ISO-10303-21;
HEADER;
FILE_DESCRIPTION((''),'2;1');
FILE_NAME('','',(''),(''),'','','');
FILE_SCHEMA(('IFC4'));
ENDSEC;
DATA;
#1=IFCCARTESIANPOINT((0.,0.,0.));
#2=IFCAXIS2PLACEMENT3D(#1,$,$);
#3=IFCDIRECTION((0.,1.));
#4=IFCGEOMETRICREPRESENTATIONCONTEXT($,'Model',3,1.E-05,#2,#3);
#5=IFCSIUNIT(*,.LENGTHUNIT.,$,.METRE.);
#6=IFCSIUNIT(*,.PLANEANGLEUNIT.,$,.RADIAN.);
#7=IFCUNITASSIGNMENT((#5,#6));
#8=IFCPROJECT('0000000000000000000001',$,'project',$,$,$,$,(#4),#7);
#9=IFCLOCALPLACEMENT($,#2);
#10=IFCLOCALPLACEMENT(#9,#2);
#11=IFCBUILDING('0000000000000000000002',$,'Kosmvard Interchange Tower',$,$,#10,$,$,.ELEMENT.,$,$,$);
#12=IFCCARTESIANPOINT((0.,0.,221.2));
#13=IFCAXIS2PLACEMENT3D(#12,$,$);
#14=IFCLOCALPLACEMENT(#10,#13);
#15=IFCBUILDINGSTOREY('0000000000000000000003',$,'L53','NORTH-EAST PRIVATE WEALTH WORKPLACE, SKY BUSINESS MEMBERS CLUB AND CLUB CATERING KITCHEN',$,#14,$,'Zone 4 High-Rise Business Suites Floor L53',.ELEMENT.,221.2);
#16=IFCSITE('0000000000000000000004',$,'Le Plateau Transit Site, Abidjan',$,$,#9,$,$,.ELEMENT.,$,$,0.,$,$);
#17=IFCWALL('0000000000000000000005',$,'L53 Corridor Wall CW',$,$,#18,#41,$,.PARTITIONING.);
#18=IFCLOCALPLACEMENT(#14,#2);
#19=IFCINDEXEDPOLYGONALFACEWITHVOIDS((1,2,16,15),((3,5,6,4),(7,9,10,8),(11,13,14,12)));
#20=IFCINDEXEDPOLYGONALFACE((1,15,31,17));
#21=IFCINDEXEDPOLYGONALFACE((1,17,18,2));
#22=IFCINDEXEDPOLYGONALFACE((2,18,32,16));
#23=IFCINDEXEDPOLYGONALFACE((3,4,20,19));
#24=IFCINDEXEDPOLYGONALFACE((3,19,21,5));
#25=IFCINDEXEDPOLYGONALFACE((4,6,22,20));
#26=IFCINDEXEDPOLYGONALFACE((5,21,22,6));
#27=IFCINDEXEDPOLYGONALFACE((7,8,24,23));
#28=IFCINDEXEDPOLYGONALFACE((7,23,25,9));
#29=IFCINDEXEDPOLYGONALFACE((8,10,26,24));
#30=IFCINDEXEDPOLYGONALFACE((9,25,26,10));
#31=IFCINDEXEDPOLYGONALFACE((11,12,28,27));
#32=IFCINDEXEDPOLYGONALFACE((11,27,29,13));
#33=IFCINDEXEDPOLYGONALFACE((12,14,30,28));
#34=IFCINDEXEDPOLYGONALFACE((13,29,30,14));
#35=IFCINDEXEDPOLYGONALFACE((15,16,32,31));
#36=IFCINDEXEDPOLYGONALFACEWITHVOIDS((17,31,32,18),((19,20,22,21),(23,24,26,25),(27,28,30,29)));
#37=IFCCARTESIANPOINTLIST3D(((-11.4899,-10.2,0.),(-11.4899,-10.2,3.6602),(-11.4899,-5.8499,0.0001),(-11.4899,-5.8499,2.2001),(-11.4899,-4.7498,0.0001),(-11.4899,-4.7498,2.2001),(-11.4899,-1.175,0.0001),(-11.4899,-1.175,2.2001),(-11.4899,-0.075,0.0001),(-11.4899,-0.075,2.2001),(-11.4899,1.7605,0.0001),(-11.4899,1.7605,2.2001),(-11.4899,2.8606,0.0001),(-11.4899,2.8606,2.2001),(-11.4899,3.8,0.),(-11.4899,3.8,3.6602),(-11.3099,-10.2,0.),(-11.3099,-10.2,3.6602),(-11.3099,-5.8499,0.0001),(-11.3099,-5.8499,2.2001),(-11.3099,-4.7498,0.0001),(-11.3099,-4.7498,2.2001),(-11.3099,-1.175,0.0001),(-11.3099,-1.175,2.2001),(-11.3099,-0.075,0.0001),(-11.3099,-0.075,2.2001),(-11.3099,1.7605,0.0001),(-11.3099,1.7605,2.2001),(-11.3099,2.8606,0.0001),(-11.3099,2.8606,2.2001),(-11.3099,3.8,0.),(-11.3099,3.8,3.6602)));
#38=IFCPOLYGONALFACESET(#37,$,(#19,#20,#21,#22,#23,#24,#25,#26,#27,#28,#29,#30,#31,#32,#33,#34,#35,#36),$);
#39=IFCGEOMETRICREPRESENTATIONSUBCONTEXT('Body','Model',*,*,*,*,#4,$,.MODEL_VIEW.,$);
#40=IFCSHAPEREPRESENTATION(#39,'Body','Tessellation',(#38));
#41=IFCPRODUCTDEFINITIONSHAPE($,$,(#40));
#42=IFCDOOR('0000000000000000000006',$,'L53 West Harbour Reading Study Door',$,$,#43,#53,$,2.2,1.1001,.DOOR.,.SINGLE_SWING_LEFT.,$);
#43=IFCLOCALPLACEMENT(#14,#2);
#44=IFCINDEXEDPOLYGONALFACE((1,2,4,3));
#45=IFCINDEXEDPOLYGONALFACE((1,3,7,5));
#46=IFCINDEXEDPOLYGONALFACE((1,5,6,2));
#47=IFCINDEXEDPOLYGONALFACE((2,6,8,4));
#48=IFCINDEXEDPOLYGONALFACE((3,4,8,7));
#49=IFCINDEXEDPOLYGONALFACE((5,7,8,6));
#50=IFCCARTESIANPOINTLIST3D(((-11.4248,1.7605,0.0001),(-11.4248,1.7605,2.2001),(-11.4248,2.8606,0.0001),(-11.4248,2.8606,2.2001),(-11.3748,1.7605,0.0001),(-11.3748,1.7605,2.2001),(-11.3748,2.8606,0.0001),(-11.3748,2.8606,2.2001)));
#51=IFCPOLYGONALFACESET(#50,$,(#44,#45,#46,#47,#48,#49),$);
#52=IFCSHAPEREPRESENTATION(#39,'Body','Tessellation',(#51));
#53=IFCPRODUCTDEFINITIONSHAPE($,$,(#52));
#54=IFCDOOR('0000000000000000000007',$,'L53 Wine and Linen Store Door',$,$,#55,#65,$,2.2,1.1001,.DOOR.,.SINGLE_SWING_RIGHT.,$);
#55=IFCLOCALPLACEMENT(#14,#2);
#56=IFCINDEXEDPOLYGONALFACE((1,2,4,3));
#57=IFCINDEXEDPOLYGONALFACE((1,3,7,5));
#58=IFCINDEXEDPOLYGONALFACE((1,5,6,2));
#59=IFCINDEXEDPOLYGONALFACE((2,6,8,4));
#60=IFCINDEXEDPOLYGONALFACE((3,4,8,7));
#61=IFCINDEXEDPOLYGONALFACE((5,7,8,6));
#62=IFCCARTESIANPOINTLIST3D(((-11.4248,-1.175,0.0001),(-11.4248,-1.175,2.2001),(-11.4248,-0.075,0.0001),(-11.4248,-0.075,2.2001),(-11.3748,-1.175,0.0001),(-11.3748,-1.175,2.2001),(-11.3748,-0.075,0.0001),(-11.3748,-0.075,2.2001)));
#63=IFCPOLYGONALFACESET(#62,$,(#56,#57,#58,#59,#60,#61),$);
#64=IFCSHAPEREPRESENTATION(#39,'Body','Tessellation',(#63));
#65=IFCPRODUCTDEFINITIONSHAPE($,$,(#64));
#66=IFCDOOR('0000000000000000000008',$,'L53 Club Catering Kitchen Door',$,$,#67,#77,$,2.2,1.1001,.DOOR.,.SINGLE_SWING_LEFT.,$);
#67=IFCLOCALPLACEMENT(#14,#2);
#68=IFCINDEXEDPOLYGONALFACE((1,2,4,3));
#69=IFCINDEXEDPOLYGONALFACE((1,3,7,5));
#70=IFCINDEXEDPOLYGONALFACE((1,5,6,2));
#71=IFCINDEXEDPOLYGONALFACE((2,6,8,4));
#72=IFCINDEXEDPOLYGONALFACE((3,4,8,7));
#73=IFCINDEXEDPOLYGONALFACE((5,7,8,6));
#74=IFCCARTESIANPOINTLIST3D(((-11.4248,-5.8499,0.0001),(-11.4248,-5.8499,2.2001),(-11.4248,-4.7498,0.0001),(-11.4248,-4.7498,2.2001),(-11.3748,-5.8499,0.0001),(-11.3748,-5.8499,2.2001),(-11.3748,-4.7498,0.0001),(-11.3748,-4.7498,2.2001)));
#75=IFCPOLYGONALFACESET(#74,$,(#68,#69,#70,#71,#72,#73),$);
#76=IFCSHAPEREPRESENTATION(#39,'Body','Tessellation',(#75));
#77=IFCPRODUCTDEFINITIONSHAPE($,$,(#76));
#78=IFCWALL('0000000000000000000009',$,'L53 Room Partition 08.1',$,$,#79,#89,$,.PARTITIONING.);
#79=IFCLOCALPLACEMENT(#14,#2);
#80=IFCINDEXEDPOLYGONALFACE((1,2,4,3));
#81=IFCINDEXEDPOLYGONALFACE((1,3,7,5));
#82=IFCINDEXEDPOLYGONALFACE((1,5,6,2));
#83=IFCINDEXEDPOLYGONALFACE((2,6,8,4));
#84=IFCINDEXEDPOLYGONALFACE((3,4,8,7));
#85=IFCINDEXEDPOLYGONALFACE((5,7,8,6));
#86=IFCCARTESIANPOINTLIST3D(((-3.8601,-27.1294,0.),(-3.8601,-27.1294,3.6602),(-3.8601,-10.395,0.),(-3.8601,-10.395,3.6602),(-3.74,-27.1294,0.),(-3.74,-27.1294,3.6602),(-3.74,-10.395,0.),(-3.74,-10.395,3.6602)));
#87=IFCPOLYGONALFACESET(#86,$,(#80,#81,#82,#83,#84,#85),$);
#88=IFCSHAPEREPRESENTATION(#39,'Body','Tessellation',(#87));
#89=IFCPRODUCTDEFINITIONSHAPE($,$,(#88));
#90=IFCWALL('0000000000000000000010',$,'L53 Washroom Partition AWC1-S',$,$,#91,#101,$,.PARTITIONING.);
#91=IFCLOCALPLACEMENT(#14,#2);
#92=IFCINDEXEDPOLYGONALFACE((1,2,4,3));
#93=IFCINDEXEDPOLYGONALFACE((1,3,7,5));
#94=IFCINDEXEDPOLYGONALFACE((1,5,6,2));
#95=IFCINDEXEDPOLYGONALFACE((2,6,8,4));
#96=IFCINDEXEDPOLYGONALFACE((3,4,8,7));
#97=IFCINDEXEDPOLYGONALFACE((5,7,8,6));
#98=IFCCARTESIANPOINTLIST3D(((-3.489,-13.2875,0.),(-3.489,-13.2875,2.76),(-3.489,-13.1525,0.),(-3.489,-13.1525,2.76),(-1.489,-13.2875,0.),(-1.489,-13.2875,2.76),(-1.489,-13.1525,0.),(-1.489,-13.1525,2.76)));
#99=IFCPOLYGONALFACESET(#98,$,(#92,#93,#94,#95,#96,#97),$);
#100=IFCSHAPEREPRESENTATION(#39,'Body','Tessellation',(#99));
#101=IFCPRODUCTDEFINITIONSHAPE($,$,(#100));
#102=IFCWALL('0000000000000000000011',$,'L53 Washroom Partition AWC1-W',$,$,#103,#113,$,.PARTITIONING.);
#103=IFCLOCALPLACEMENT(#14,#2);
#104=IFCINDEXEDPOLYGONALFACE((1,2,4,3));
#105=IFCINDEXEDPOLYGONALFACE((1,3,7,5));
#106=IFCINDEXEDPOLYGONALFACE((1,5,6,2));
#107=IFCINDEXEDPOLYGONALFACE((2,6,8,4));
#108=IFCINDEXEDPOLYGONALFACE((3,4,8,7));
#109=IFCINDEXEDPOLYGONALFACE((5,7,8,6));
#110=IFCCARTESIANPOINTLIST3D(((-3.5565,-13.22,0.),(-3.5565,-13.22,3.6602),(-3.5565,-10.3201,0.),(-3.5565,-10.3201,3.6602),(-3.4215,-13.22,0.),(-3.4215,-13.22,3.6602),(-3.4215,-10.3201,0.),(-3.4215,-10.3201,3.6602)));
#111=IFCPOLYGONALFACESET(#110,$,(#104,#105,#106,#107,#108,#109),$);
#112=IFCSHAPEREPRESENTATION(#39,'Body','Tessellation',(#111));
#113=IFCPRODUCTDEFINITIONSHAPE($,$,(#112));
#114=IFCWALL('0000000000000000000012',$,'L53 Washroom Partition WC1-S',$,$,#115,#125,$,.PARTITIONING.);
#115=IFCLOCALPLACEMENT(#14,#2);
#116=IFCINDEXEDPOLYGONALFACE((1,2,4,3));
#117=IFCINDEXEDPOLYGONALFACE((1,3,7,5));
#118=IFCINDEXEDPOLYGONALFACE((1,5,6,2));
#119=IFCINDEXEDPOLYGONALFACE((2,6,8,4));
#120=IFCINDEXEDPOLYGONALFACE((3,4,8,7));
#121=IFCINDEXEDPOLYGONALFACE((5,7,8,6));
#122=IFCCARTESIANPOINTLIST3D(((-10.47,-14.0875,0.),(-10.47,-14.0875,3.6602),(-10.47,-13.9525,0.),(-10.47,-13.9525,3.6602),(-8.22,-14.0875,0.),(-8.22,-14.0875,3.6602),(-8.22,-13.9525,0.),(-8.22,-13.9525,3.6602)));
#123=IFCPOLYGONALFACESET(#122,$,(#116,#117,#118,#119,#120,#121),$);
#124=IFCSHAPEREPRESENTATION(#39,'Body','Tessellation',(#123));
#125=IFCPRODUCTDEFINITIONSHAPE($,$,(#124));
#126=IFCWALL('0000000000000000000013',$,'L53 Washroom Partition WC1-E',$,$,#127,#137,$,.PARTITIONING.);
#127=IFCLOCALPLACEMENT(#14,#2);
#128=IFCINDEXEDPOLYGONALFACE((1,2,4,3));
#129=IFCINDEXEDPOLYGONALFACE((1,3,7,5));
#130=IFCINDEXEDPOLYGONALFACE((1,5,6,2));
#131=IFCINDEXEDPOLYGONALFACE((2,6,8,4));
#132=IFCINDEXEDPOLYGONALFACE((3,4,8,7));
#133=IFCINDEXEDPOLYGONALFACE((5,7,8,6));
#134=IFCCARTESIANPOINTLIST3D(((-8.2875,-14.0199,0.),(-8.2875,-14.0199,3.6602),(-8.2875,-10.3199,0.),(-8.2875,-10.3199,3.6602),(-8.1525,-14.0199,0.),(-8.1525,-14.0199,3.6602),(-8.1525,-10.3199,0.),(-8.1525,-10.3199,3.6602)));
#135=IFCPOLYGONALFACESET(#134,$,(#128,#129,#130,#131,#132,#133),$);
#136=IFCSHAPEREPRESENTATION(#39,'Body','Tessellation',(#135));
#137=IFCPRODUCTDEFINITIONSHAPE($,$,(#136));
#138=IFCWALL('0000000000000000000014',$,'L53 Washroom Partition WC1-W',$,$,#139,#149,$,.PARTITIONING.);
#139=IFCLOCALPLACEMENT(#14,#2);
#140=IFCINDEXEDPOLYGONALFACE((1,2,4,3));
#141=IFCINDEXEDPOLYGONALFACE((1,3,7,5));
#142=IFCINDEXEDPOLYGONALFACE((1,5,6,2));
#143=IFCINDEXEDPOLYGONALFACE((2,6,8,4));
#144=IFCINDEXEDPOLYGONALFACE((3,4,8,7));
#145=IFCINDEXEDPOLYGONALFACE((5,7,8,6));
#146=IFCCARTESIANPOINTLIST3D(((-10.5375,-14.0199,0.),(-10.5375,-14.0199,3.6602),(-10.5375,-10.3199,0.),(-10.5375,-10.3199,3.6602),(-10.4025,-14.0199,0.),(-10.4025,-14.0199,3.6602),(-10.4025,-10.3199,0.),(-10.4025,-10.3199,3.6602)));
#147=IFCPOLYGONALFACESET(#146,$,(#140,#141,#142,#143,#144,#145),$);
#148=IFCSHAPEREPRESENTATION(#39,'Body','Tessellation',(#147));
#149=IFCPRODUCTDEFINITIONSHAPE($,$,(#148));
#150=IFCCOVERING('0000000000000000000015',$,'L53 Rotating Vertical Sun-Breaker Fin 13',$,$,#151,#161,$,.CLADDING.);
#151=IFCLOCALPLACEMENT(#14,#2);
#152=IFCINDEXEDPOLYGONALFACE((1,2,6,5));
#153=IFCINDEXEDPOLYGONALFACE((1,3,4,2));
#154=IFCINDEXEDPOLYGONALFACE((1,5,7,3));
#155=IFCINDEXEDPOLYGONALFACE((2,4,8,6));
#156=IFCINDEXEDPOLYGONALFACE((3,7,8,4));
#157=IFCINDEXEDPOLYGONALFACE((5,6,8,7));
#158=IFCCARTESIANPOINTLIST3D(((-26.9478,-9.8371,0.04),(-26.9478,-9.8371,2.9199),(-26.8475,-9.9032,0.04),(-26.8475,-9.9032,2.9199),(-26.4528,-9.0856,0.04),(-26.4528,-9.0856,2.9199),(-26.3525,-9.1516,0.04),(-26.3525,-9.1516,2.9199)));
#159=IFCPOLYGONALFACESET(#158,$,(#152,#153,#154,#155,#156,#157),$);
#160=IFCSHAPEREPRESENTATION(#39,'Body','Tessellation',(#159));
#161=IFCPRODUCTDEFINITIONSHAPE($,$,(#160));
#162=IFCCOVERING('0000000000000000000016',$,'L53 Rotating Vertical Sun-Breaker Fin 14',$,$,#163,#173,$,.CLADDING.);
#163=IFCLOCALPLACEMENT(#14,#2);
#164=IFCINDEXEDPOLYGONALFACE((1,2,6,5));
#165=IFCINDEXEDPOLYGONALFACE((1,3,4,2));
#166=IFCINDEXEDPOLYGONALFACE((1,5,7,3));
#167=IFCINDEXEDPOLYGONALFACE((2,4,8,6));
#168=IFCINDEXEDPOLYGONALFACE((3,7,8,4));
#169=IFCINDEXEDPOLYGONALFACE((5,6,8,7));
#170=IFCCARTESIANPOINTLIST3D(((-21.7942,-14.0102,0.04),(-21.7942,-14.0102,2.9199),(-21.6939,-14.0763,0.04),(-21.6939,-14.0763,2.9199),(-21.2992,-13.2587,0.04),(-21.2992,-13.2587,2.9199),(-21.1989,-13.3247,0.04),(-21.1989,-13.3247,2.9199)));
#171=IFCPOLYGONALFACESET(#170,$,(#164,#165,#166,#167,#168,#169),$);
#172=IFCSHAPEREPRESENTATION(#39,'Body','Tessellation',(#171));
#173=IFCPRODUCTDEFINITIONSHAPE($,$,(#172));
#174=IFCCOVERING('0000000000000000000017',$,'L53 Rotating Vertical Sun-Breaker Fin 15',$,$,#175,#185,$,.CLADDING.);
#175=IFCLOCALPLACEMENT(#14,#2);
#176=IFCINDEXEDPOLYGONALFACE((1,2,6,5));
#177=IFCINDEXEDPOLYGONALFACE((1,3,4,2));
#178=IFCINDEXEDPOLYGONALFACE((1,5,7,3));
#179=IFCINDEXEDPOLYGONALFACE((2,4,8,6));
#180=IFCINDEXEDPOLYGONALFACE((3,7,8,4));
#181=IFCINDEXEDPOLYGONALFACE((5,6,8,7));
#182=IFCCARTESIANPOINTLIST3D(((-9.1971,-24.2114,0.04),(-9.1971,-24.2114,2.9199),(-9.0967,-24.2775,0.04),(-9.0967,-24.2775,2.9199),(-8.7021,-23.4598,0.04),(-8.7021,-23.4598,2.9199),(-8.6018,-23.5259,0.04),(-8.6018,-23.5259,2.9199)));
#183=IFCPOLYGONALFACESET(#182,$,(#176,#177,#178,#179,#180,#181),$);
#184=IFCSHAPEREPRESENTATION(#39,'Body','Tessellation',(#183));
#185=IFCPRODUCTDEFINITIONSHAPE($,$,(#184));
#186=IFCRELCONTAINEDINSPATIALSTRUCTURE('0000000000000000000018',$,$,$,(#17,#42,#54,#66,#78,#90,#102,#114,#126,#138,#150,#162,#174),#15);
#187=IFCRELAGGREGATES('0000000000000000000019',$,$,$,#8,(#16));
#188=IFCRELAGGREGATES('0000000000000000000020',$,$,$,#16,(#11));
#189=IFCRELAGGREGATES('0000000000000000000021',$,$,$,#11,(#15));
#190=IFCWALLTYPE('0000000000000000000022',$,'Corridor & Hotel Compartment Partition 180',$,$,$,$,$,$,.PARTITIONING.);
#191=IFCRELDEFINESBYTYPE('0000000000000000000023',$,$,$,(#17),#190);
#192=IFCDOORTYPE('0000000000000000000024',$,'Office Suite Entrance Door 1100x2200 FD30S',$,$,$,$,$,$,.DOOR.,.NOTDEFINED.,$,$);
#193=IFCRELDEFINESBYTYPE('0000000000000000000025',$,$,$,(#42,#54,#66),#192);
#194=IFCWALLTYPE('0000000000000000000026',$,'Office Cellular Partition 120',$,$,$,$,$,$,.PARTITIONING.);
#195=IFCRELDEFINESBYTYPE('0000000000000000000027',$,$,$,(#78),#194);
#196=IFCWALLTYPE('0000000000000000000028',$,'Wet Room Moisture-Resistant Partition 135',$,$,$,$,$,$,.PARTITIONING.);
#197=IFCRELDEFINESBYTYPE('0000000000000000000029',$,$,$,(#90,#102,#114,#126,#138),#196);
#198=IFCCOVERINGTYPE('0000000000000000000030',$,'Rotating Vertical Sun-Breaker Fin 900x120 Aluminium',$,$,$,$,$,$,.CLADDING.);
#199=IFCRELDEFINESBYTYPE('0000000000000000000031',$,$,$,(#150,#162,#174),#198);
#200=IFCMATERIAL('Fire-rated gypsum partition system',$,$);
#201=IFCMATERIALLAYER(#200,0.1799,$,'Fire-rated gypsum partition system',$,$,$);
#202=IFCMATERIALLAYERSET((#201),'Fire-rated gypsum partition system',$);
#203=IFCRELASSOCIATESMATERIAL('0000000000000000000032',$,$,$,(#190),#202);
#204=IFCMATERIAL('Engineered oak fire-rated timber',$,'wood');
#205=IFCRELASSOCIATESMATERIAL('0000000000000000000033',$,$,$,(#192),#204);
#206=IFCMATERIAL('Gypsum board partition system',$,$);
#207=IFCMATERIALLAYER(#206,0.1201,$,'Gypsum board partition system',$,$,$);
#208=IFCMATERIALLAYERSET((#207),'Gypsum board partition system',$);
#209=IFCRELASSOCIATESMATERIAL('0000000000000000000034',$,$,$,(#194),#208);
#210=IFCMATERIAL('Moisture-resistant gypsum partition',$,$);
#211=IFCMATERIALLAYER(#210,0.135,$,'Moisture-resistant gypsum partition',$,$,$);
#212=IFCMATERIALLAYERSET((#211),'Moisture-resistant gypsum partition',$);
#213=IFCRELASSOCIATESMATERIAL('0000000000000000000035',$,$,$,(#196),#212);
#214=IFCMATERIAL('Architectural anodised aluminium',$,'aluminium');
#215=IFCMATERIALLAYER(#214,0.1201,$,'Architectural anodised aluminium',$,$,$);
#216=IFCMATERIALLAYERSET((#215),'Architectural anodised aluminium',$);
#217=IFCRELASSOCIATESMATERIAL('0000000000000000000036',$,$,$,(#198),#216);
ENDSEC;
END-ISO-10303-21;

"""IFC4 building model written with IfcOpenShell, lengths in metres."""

from ifc_helpers import new_model, si_unit, direction, frame, frame_2d, origin, origin_2d, place, context, subcontext, project, spatial, rectangle, extrude, source, transform, mapped, material, layer, layer_set, type_object, element, fill, save


model = new_model("IFC4")

# Units and contexts
model_context = context("Model", 3, precision=1e-05, world=origin(), true_north=direction((0.0, 1.0)))
body_context = subcontext(model_context, "Body", "Model", "MODEL_VIEW")
ifc_project = project(units=[si_unit("LENGTHUNIT", "METRE"), si_unit("PLANEANGLEUNIT", "RADIAN")], contexts=[model_context])

# Site, building, storey
site_placement = place(None, origin())
site = spatial("IfcSite", under=ifc_project, at=site_placement, Name="Le Plateau Transit Site, Abidjan", CompositionType="ELEMENT", RefElevation=0.0)
building_placement = place(site_placement, origin())
building = spatial("IfcBuilding", under=site, at=building_placement, Name="Kosmvard Interchange Tower", CompositionType="ELEMENT")
storey_placement = place(building_placement, frame((0.0, 0.0, 221.2)))
storey = spatial("IfcBuildingStorey", under=building, at=storey_placement, Name="L53", Description="NORTH-EAST PRIVATE WEALTH WORKPLACE, SKY BUSINESS MEMBERS CLUB AND CLUB CATERING KITCHEN", LongName="Zone 4 High-Rise Business Suites Floor L53", CompositionType="ELEMENT", Elevation=221.2)

# Wall, openings, doors
ifc_material_1 = material(Name="Fire-rated gypsum partition system")
ifc_layer_1 = layer(ifc_material_1, 0.1799, Name="Fire-rated gypsum partition system")
ifc_layer_set_1 = layer_set([ifc_layer_1], Name="Fire-rated gypsum partition system")
wall_type_1 = type_object("IfcWallType", Name="Corridor & Hotel Compartment Partition 180", PredefinedType="PARTITIONING", material=ifc_layer_set_1)
ifc_material_2 = material(Name="Engineered oak fire-rated timber", Category="wood")
door_type_1 = type_object("IfcDoorType", Name="Office Suite Entrance Door 1100x2200 FD30S", OperationType="NOTDEFINED", PredefinedType="DOOR", material=ifc_material_2)
shared_shape_1 = source(origin(), body_context, "Body", "SweptSolid", [
    extrude(rectangle(XDim=1.1001, YDim=2.2, at=frame_2d((0.55, 1.1001))), frame((0.0, 0.0249, 0.0), z_axis=(0.0, -1.0, 0.0), x_axis=(1.0, 0.0, 0.0)), (0.0, 0.0, 1.0), 0.05),
])
wall_1_placement = place(storey_placement, frame((-11.3999, -10.2, 0.0), z_axis=(0.0, 0.0, 1.0), x_axis=(0.0, 1.0, 0.0)))
wall_1 = element("IfcWall", 1, at=wall_1_placement, inside=storey, type_object=wall_type_1, Name="L53 Corridor Wall CW", PredefinedType="PARTITIONING", context=body_context, shape_type="SweptSolid", body=[
    extrude(rectangle(XDim=14.0, YDim=0.1799, at=frame_2d((7.0, 0.0))), origin(), (0.0, 0.0, 1.0), 3.6602),
])
opening_1_placement = place(wall_1_placement, frame((11.9604, 0.0, 0.0)))
opening_1 = element("IfcOpeningElement", 2, at=opening_1_placement, cuts=wall_1, PredefinedType="OPENING", context=body_context, shape_type="SweptSolid", body=[
    extrude(rectangle(XDim=1.1001, YDim=2.2, at=frame_2d((0.55, 1.1001))), frame((0.0, 0.1001, 0.0), z_axis=(0.0, -1.0, 0.0), x_axis=(1.0, 0.0, 0.0)), (0.0, 0.0, 1.0), 0.2),
])
opening_2_placement = place(wall_1_placement, frame((9.0249, 0.0, 0.0)))
opening_2 = element("IfcOpeningElement", 3, at=opening_2_placement, cuts=wall_1, PredefinedType="OPENING", context=body_context, shape_type="SweptSolid", body=[
    extrude(rectangle(XDim=1.1001, YDim=2.2, at=frame_2d((0.55, 1.1001))), frame((0.0, 0.1001, 0.0), z_axis=(0.0, -1.0, 0.0), x_axis=(1.0, 0.0, 0.0)), (0.0, 0.0, 1.0), 0.2),
])
opening_3_placement = place(wall_1_placement, frame((4.3501, 0.0, 0.0)))
opening_3 = element("IfcOpeningElement", 4, at=opening_3_placement, cuts=wall_1, PredefinedType="OPENING", context=body_context, shape_type="SweptSolid", body=[
    extrude(rectangle(XDim=1.1001, YDim=2.2, at=frame_2d((0.55, 1.1001))), frame((0.0, 0.1001, 0.0), z_axis=(0.0, -1.0, 0.0), x_axis=(1.0, 0.0, 0.0)), (0.0, 0.0, 1.0), 0.2),
])
door_1_placement = place(opening_1_placement, origin())
door_1 = element("IfcDoor", 5, at=door_1_placement, inside=storey, type_object=door_type_1, Name="L53 West Harbour Reading Study Door", OperationType="SINGLE_SWING_LEFT", OverallHeight=2.2, OverallWidth=1.1001, PredefinedType="DOOR", context=body_context, shape_type="MappedRepresentation", body=[
    mapped(shared_shape_1, transform((0.0, 0.0, 0.0), scale=1.0)),
])
fill(opening_1, door_1)
door_2_placement = place(opening_2_placement, origin())
door_2 = element("IfcDoor", 6, at=door_2_placement, inside=storey, type_object=door_type_1, Name="L53 Wine and Linen Store Door", OperationType="SINGLE_SWING_RIGHT", OverallHeight=2.2, OverallWidth=1.1001, PredefinedType="DOOR", context=body_context, shape_type="MappedRepresentation", body=[
    mapped(shared_shape_1, transform((0.0, 0.0, 0.0), scale=1.0)),
])
fill(opening_2, door_2)
door_3_placement = place(opening_3_placement, origin())
door_3 = element("IfcDoor", 7, at=door_3_placement, inside=storey, type_object=door_type_1, Name="L53 Club Catering Kitchen Door", OperationType="SINGLE_SWING_LEFT", OverallHeight=2.2, OverallWidth=1.1001, PredefinedType="DOOR", context=body_context, shape_type="MappedRepresentation", body=[
    mapped(shared_shape_1, transform((0.0, 0.0, 0.0), scale=1.0)),
])
fill(opening_3, door_3)

# Walls
ifc_material_3 = material(Name="Gypsum board partition system")
ifc_layer_2 = layer(ifc_material_3, 0.1201, Name="Gypsum board partition system")
ifc_layer_set_2 = layer_set([ifc_layer_2], Name="Gypsum board partition system")
wall_type_2 = type_object("IfcWallType", Name="Office Cellular Partition 120", PredefinedType="PARTITIONING", material=ifc_layer_set_2)
wall_2_placement = place(storey_placement, frame((-3.8, -27.1294, 0.0), z_axis=(0.0, 0.0, 1.0), x_axis=(0.0, 1.0, 0.0)))
element("IfcWall", 8, at=wall_2_placement, inside=storey, type_object=wall_type_2, Name="L53 Room Partition 08.1", PredefinedType="PARTITIONING", context=body_context, shape_type="SweptSolid", body=[
    extrude(rectangle(XDim=16.7344, YDim=0.1201, at=frame_2d((8.3672, 0.0))), origin(), (0.0, 0.0, 1.0), 3.6602),
])
ifc_material_4 = material(Name="Moisture-resistant gypsum partition")
ifc_layer_3 = layer(ifc_material_4, 0.135, Name="Moisture-resistant gypsum partition")
ifc_layer_set_3 = layer_set([ifc_layer_3], Name="Moisture-resistant gypsum partition")
wall_type_3 = type_object("IfcWallType", Name="Wet Room Moisture-Resistant Partition 135", PredefinedType="PARTITIONING", material=ifc_layer_set_3)
wall_3_placement = place(storey_placement, frame((-3.489, -13.22, 0.0), z_axis=(0.0, 0.0, 1.0), x_axis=(1.0, 0.0, 0.0)))
element("IfcWall", 9, at=wall_3_placement, inside=storey, type_object=wall_type_3, Name="L53 Washroom Partition AWC1-S", PredefinedType="PARTITIONING", context=body_context, shape_type="SweptSolid", body=[
    extrude(rectangle(XDim=2.0, YDim=0.135, at=frame_2d((1.0, 0.0))), origin(), (0.0, 0.0, 1.0), 2.76),
])
wall_4_placement = place(storey_placement, frame((-3.489, -13.22, 0.0), z_axis=(0.0, 0.0, 1.0), x_axis=(0.0, 1.0, 0.0)))
element("IfcWall", 10, at=wall_4_placement, inside=storey, type_object=wall_type_3, Name="L53 Washroom Partition AWC1-W", PredefinedType="PARTITIONING", context=body_context, shape_type="SweptSolid", body=[
    extrude(rectangle(XDim=2.8999, YDim=0.135, at=frame_2d((1.45, 0.0))), origin(), (0.0, 0.0, 1.0), 3.6602),
])
wall_5_placement = place(storey_placement, frame((-10.47, -14.02, 0.0), z_axis=(0.0, 0.0, 1.0), x_axis=(1.0, 0.0, 0.0)))
element("IfcWall", 11, at=wall_5_placement, inside=storey, type_object=wall_type_3, Name="L53 Washroom Partition WC1-S", PredefinedType="PARTITIONING", context=body_context, shape_type="SweptSolid", body=[
    extrude(rectangle(XDim=2.25, YDim=0.135, at=frame_2d((1.125, 0.0))), origin(), (0.0, 0.0, 1.0), 3.6602),
])
for number, where, z_axis, x_axis, name in (
    (12, (-8.22, -14.02, 0.0), (0.0, 0.0, 1.0), (0.0, 1.0, 0.0), "L53 Washroom Partition WC1-E"),
    (13, (-10.47, -14.02, 0.0), (0.0, 0.0, 1.0), (0.0, 1.0, 0.0), "L53 Washroom Partition WC1-W"),
):
    element("IfcWall", number, at=place(storey_placement, frame(where, z_axis=z_axis, x_axis=x_axis)), inside=storey, type_object=wall_type_3, Name=name, PredefinedType="PARTITIONING", context=body_context, shape_type="SweptSolid", body=[
        extrude(rectangle(XDim=3.7, YDim=0.135, at=frame_2d((1.8501, 0.0))), origin(), (0.0, 0.0, 1.0), 3.6602),
    ])

# Coverings
ifc_material_5 = material(Name="Architectural anodised aluminium", Category="aluminium")
ifc_layer_4 = layer(ifc_material_5, 0.1201, Name="Architectural anodised aluminium")
ifc_layer_set_4 = layer_set([ifc_layer_4], Name="Architectural anodised aluminium")
covering_type = type_object("IfcCoveringType", Name="Rotating Vertical Sun-Breaker Fin 900x120 Aluminium", PredefinedType="CLADDING", material=ifc_layer_set_4)
shared_shape_2 = source(origin(), body_context, "Body", "SweptSolid", [
    extrude(rectangle(XDim=0.8999, YDim=0.1201, at=origin_2d()), origin(), (0.0, 0.0, 1.0), 2.8799),
])
for number, where, z_axis, x_axis, name in (
    (14, (-26.6501, -9.4944, 0.04), (0.0, 0.0, 1.0), (-0.550044, -0.835136, 0.0), "L53 Rotating Vertical Sun-Breaker Fin 13"),
    (15, (-21.4966, -13.6675, 0.04), (0.0, 0.0, 1.0), (-0.550044, -0.835136, 0.0), "L53 Rotating Vertical Sun-Breaker Fin 14"),
    (16, (-8.8994, -23.8687, 0.04), (0.0, 0.0, 1.0), (-0.550044, -0.835136, 0.0), "L53 Rotating Vertical Sun-Breaker Fin 15"),
):
    element("IfcCovering", number, at=place(storey_placement, frame(where, z_axis=z_axis, x_axis=x_axis)), inside=storey, type_object=covering_type, Name=name, PredefinedType="CLADDING", context=body_context, shape_type="MappedRepresentation", body=[
        mapped(shared_shape_2, transform((0.0, 0.0, 0.0), scale=1.0)),
    ])

save(model, "model.ifc")
